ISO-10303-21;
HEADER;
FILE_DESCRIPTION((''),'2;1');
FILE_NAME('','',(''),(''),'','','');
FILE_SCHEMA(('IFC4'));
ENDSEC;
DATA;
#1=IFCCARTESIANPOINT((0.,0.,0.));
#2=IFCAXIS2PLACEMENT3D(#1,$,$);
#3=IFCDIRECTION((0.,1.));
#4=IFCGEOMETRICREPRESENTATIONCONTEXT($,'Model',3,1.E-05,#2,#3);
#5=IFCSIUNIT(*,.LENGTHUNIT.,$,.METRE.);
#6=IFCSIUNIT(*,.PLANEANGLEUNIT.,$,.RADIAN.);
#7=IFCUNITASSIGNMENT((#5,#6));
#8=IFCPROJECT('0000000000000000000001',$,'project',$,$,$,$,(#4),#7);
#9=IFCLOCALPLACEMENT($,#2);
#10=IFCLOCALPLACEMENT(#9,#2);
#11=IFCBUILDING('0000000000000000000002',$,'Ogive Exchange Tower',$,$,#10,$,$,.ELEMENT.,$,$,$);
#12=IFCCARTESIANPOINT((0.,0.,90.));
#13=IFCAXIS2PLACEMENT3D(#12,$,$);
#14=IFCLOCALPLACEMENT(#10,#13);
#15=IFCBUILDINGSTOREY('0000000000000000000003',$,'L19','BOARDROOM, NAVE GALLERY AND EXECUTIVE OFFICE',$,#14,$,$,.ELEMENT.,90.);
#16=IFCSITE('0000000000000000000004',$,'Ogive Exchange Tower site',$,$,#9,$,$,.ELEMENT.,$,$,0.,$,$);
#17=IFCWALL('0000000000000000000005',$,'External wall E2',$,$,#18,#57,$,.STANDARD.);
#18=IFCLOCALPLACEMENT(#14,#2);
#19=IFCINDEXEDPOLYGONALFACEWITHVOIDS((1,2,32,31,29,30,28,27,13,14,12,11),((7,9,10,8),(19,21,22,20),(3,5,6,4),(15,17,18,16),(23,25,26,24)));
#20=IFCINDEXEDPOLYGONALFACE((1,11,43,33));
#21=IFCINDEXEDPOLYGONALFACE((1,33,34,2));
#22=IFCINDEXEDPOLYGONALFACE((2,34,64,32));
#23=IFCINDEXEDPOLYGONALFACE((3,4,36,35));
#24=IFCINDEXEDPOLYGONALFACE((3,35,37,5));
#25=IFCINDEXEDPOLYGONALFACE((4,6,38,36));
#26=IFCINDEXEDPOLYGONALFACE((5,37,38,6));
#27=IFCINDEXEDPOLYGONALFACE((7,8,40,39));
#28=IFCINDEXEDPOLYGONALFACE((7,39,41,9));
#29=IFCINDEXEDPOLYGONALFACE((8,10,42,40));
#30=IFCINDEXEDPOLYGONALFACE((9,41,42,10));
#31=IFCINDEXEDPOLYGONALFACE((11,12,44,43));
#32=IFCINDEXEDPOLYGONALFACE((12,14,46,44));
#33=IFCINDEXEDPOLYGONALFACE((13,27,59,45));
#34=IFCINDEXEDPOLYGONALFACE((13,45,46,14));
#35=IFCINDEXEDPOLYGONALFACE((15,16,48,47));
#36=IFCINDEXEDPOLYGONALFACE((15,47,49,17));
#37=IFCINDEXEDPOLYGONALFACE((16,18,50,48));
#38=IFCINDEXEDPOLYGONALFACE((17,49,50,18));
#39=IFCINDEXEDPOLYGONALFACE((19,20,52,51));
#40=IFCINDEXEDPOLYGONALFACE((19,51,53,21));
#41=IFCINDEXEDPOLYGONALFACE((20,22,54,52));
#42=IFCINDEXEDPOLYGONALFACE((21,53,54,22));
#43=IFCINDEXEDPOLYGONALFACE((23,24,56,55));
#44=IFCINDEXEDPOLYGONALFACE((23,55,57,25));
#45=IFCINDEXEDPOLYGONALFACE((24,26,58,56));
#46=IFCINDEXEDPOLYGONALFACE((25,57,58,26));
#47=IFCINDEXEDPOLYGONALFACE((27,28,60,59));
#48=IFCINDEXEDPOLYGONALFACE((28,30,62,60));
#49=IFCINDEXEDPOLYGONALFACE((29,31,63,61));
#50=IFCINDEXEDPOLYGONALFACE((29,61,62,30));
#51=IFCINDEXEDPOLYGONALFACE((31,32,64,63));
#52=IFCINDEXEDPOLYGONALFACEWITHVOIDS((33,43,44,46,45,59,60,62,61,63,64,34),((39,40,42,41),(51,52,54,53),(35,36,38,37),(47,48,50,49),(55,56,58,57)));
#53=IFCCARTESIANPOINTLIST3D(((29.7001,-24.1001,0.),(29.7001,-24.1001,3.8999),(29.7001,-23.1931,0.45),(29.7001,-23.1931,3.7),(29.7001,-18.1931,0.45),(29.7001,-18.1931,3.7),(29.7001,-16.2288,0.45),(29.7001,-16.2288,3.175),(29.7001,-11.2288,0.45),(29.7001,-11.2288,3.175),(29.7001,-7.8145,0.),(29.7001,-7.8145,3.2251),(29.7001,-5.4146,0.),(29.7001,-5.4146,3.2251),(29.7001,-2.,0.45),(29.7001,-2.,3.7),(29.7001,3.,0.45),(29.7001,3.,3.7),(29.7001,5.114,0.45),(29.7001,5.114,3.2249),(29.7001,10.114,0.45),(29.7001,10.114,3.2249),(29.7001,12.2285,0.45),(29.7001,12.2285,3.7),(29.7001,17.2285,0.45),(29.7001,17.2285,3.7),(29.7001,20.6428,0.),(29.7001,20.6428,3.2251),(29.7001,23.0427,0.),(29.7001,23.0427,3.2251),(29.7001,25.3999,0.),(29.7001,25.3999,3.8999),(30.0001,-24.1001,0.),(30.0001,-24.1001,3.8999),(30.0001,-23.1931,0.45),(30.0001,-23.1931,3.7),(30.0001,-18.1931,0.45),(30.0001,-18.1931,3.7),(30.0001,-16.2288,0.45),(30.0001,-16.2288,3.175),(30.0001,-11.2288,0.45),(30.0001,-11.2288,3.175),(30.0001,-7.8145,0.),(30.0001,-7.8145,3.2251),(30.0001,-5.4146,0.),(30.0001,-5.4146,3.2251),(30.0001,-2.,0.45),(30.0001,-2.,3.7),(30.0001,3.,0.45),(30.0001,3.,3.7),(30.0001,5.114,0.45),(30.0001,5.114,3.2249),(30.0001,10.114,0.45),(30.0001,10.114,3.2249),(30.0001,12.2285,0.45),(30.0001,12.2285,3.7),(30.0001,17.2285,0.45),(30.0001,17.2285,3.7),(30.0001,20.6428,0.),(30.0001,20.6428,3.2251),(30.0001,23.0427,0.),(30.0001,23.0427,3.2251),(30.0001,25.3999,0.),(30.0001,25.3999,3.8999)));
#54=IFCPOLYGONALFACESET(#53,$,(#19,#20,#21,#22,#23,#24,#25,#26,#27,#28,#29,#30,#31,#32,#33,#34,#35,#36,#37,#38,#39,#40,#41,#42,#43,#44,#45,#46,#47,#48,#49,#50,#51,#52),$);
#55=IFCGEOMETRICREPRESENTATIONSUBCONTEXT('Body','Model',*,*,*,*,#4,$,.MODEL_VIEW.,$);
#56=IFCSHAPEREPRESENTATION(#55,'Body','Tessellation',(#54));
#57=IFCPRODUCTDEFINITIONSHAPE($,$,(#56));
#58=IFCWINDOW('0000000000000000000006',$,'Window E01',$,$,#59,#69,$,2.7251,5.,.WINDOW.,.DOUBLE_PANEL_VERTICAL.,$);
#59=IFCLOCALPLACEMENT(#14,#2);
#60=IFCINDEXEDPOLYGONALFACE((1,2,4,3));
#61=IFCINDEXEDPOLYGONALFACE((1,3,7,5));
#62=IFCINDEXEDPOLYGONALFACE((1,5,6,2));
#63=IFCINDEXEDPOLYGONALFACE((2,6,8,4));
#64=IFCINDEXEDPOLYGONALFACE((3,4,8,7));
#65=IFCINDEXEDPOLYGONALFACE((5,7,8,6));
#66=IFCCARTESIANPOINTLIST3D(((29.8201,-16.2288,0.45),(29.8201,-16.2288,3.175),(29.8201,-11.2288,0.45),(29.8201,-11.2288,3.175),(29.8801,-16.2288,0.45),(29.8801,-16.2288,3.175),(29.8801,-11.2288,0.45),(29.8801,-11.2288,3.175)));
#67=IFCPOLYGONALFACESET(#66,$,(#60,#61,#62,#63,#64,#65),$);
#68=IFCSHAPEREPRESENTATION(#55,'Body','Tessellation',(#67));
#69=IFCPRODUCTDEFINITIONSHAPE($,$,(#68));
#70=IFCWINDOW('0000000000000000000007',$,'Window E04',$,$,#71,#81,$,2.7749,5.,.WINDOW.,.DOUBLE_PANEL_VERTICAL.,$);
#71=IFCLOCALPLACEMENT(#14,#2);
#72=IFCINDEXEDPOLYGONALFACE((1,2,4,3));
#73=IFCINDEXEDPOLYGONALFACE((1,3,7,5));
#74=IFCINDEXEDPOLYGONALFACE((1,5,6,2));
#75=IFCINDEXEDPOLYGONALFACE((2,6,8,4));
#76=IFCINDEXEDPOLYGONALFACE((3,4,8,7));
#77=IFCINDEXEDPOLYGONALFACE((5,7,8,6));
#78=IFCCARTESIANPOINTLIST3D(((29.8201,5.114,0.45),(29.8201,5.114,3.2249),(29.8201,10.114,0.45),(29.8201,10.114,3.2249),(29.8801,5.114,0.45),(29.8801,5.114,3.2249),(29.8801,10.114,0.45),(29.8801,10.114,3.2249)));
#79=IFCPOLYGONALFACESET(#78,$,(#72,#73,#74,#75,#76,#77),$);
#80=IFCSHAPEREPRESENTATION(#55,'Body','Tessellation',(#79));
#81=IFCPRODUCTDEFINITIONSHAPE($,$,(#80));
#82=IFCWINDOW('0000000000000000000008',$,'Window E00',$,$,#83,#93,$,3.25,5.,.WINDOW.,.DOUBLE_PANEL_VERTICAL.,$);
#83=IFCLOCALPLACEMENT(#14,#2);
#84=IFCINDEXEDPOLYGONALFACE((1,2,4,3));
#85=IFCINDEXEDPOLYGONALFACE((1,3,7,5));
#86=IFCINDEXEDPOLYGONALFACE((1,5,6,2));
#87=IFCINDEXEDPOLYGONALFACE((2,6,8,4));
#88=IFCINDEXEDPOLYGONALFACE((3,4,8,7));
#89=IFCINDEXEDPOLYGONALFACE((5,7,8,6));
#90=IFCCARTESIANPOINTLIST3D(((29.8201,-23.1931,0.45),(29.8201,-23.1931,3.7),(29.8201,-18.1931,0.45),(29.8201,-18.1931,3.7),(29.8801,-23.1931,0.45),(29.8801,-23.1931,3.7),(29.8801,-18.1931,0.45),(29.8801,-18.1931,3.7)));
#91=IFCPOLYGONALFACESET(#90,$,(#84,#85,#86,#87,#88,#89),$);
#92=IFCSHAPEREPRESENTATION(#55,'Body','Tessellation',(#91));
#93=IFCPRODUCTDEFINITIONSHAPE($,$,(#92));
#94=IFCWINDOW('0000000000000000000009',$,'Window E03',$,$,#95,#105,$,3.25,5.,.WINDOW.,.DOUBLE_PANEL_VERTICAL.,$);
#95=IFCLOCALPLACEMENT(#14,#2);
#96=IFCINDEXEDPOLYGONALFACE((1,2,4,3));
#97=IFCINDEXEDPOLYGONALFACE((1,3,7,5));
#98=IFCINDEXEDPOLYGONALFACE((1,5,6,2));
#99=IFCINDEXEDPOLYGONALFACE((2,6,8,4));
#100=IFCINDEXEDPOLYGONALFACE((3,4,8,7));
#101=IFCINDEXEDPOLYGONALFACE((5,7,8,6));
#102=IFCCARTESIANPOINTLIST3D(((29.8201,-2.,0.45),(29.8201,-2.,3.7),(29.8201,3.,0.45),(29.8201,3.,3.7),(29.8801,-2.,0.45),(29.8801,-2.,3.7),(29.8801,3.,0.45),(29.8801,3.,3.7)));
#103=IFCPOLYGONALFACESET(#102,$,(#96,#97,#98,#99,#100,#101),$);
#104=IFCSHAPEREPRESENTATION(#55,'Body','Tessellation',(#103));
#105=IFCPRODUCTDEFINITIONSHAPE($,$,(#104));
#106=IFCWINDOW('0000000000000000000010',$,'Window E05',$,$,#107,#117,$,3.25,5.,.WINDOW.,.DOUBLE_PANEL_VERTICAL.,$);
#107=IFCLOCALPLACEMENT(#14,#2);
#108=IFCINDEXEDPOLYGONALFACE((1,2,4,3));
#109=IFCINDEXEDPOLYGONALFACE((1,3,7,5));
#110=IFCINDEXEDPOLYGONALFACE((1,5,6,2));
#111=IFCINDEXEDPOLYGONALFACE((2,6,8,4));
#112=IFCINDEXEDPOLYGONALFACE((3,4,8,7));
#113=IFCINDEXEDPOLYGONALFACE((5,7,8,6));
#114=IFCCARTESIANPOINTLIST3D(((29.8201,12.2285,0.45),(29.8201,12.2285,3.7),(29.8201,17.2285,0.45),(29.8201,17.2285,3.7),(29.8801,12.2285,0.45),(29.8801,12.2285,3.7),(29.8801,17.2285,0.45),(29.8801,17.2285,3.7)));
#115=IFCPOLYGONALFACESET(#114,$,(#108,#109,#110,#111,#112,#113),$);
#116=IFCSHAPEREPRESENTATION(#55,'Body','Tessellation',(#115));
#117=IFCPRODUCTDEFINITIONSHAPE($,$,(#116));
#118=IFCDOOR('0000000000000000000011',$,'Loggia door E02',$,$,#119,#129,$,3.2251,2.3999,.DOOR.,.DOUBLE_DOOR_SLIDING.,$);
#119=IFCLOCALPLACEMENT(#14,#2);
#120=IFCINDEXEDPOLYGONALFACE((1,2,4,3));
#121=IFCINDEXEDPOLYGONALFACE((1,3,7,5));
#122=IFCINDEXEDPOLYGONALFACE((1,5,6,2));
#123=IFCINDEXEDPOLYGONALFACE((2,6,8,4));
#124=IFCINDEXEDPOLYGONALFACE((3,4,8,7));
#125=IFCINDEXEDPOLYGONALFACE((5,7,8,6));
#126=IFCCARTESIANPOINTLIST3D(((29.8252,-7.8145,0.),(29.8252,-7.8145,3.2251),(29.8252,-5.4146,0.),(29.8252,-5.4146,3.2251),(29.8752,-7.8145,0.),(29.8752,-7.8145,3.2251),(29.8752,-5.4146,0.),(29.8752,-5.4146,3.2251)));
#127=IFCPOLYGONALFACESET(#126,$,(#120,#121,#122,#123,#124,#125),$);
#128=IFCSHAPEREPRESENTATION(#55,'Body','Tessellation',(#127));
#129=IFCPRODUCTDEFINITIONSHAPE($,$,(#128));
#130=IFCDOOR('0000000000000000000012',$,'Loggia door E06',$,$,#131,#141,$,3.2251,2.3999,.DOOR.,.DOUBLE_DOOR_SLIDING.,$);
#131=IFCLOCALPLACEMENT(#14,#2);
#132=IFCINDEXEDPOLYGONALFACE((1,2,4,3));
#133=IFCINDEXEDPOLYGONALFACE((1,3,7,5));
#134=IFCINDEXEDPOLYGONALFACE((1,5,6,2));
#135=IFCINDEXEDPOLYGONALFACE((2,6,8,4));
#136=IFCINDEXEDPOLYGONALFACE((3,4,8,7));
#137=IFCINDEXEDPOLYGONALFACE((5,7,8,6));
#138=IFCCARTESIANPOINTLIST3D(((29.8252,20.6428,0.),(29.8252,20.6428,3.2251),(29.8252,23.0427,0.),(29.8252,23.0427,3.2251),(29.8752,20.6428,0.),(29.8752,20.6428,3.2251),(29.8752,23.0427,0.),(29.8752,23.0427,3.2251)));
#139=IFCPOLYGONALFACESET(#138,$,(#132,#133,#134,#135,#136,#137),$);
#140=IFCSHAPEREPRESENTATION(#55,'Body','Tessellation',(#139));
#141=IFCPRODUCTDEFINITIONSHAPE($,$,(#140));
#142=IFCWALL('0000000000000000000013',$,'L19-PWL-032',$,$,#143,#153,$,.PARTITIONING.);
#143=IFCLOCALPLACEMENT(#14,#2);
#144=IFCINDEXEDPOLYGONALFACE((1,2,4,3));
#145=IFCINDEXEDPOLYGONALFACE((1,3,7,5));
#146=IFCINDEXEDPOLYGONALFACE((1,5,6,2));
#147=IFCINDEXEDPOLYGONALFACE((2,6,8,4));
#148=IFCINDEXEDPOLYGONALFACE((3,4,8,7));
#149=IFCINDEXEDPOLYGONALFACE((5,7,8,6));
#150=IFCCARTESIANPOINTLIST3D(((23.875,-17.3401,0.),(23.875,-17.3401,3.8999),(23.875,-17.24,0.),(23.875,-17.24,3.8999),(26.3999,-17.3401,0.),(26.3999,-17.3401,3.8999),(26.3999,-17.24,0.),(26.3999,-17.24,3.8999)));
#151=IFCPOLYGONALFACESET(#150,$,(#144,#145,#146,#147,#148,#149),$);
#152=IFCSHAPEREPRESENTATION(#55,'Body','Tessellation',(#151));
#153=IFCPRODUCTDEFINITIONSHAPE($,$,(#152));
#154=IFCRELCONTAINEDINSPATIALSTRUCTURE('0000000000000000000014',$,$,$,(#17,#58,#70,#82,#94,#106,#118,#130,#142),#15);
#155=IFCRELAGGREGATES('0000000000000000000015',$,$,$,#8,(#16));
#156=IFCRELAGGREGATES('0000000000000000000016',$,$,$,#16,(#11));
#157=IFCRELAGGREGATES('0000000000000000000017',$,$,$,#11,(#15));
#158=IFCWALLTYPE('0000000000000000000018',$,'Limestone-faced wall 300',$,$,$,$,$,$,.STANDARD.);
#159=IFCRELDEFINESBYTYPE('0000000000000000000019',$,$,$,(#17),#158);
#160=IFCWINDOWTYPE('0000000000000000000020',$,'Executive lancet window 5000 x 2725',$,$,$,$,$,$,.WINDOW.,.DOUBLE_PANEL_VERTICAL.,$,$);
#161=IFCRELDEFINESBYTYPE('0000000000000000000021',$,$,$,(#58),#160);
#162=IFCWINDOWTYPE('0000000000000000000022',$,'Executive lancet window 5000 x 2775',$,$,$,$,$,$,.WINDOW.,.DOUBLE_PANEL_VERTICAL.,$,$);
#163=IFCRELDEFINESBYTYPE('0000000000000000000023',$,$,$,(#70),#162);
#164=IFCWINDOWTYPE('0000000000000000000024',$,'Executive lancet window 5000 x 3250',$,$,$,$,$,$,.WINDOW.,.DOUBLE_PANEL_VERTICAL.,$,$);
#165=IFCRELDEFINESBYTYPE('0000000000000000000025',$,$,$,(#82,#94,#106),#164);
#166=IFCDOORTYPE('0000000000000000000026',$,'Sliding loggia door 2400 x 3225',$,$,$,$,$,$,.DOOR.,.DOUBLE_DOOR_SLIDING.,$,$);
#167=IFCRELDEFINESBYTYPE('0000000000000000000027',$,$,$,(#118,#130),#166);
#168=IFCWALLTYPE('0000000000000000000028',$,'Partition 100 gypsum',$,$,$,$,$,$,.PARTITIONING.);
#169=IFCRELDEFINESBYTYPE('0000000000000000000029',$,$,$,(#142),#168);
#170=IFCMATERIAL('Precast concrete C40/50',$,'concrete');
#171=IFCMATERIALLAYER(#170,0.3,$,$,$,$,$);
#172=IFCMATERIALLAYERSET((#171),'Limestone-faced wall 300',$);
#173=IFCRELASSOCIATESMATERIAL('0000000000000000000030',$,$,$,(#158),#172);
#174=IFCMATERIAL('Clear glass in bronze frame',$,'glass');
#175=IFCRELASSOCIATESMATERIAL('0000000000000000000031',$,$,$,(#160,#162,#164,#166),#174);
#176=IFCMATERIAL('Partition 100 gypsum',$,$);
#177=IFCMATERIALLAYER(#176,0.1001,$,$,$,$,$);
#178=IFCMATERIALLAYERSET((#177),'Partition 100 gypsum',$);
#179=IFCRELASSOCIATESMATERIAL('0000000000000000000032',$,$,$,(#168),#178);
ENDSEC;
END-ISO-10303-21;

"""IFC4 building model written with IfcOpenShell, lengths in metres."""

from ifc_helpers import new_model, si_unit, direction, frame, frame_2d, origin, place, context, subcontext, project, spatial, rectangle, extrude, material, layer, layer_set, type_object, element, fill, save


model = new_model("IFC4")

# Units and contexts
model_context = context("Model", 3, precision=1e-05, world=origin(), true_north=direction((0.0, 1.0)))
body_context = subcontext(model_context, "Body", "Model", "MODEL_VIEW")
ifc_project = project(units=[si_unit("LENGTHUNIT", "METRE"), si_unit("PLANEANGLEUNIT", "RADIAN")], contexts=[model_context])

# Site, building, storey
site_placement = place(None, origin())
site = spatial("IfcSite", under=ifc_project, at=site_placement, Name="Ogive Exchange Tower site", CompositionType="ELEMENT", RefElevation=0.0)
building_placement = place(site_placement, origin())
building = spatial("IfcBuilding", under=site, at=building_placement, Name="Ogive Exchange Tower", CompositionType="ELEMENT")
storey_placement = place(building_placement, frame((0.0, 0.0, 90.0)))
storey = spatial("IfcBuildingStorey", under=building, at=storey_placement, Name="L19", Description="BOARDROOM, NAVE GALLERY AND EXECUTIVE OFFICE", CompositionType="ELEMENT", Elevation=90.0)

# Wall, openings, windows, doors
ifc_material_1 = material(Name="Precast concrete C40/50", Category="concrete")
ifc_layer_1 = layer(ifc_material_1, 0.3)
ifc_layer_set_1 = layer_set([ifc_layer_1], Name="Limestone-faced wall 300")
wall_type_1 = type_object("IfcWallType", Name="Limestone-faced wall 300", PredefinedType="STANDARD", material=ifc_layer_set_1)
wall_1_placement = place(storey_placement, frame((29.8501, -24.1001, 0.0), z_axis=(0.0, 0.0, 1.0), x_axis=(0.0, 1.0, 0.0)))
wall_1 = element("IfcWall", 1, at=wall_1_placement, inside=storey, type_object=wall_type_1, Name="External wall E2", PredefinedType="STANDARD", context=body_context, shape_type="SweptSolid", body=[
    extrude(rectangle(XDim=49.5, YDim=0.3, at=frame_2d((24.75, 0.0))), origin(), (0.0, 0.0, 1.0), 3.8999),
])
opening_1_placement = place(wall_1_placement, frame((0.907, 0.0, 0.45)))
opening_1 = element("IfcOpeningElement", 2, at=opening_1_placement, cuts=wall_1, PredefinedType="OPENING", context=body_context, shape_type="SweptSolid", body=[
    extrude(rectangle(XDim=5.0, YDim=3.25, at=frame_2d((2.5, 1.625))), frame((0.0, 0.1599, 0.0), z_axis=(0.0, -1.0, 0.0), x_axis=(1.0, 0.0, 0.0)), (0.0, 0.0, 1.0), 0.3201),
])
opening_2_placement = place(wall_1_placement, frame((7.8713, 0.0, 0.45)))
opening_2 = element("IfcOpeningElement", 3, at=opening_2_placement, cuts=wall_1, PredefinedType="OPENING", context=body_context, shape_type="SweptSolid", body=[
    extrude(rectangle(XDim=5.0, YDim=2.7251, at=frame_2d((2.5, 1.3625))), frame((0.0, 0.1599, 0.0), z_axis=(0.0, -1.0, 0.0), x_axis=(1.0, 0.0, 0.0)), (0.0, 0.0, 1.0), 0.3201),
])
opening_3_placement = place(wall_1_placement, frame((16.2856, 0.0, 0.0)))
opening_3 = element("IfcOpeningElement", 4, at=opening_3_placement, cuts=wall_1, PredefinedType="OPENING", context=body_context, shape_type="SweptSolid", body=[
    extrude(rectangle(XDim=2.3999, YDim=3.2251, at=frame_2d((1.2, 1.6125))), frame((0.0, 0.1599, 0.0), z_axis=(0.0, -1.0, 0.0), x_axis=(1.0, 0.0, 0.0)), (0.0, 0.0, 1.0), 0.3201),
])
opening_4_placement = place(wall_1_placement, frame((22.1001, 0.0, 0.45)))
opening_4 = element("IfcOpeningElement", 5, at=opening_4_placement, cuts=wall_1, PredefinedType="OPENING", context=body_context, shape_type="SweptSolid", body=[
    extrude(rectangle(XDim=5.0, YDim=3.25, at=frame_2d((2.5, 1.625))), frame((0.0, 0.1599, 0.0), z_axis=(0.0, -1.0, 0.0), x_axis=(1.0, 0.0, 0.0)), (0.0, 0.0, 1.0), 0.3201),
])
opening_5_placement = place(wall_1_placement, frame((29.2141, 0.0, 0.45)))
opening_5 = element("IfcOpeningElement", 6, at=opening_5_placement, cuts=wall_1, PredefinedType="OPENING", context=body_context, shape_type="SweptSolid", body=[
    extrude(rectangle(XDim=5.0, YDim=2.7749, at=frame_2d((2.5, 1.3875))), frame((0.0, 0.1599, 0.0), z_axis=(0.0, -1.0, 0.0), x_axis=(1.0, 0.0, 0.0)), (0.0, 0.0, 1.0), 0.3201),
])
opening_6_placement = place(wall_1_placement, frame((36.3286, 0.0, 0.45)))
opening_6 = element("IfcOpeningElement", 7, at=opening_6_placement, cuts=wall_1, PredefinedType="OPENING", context=body_context, shape_type="SweptSolid", body=[
    extrude(rectangle(XDim=5.0, YDim=3.25, at=frame_2d((2.5, 1.625))), frame((0.0, 0.1599, 0.0), z_axis=(0.0, -1.0, 0.0), x_axis=(1.0, 0.0, 0.0)), (0.0, 0.0, 1.0), 0.3201),
])
opening_7_placement = place(wall_1_placement, frame((44.7429, 0.0, 0.0)))
opening_7 = element("IfcOpeningElement", 8, at=opening_7_placement, cuts=wall_1, PredefinedType="OPENING", context=body_context, shape_type="SweptSolid", body=[
    extrude(rectangle(XDim=2.3999, YDim=3.2251, at=frame_2d((1.2, 1.6125))), frame((0.0, 0.1599, 0.0), z_axis=(0.0, -1.0, 0.0), x_axis=(1.0, 0.0, 0.0)), (0.0, 0.0, 1.0), 0.3201),
])
ifc_material_2 = material(Name="Clear glass in bronze frame", Category="glass")
window_type_1 = type_object("IfcWindowType", Name="Executive lancet window 5000 x 2725", PartitioningType="DOUBLE_PANEL_VERTICAL", PredefinedType="WINDOW", material=ifc_material_2)
window_1_placement = place(opening_2_placement, origin())
window_1 = element("IfcWindow", 9, at=window_1_placement, inside=storey, type_object=window_type_1, Name="Window E01", OverallHeight=2.7251, OverallWidth=5.0, PartitioningType="DOUBLE_PANEL_VERTICAL", PredefinedType="WINDOW", context=body_context, shape_type="SweptSolid", body=[
    extrude(rectangle(XDim=5.0, YDim=2.7251, at=frame_2d((2.5, 1.3625))), frame((0.0, 0.03, 0.0), z_axis=(0.0, -1.0, 0.0), x_axis=(1.0, 0.0, 0.0)), (0.0, 0.0, 1.0), 0.0601),
])
fill(opening_2, window_1)
window_type_2 = type_object("IfcWindowType", Name="Executive lancet window 5000 x 2775", PartitioningType="DOUBLE_PANEL_VERTICAL", PredefinedType="WINDOW", material=ifc_material_2)
window_2_placement = place(opening_5_placement, origin())
window_2 = element("IfcWindow", 10, at=window_2_placement, inside=storey, type_object=window_type_2, Name="Window E04", OverallHeight=2.7749, OverallWidth=5.0, PartitioningType="DOUBLE_PANEL_VERTICAL", PredefinedType="WINDOW", context=body_context, shape_type="SweptSolid", body=[
    extrude(rectangle(XDim=5.0, YDim=2.7749, at=frame_2d((2.5, 1.3875))), frame((0.0, 0.03, 0.0), z_axis=(0.0, -1.0, 0.0), x_axis=(1.0, 0.0, 0.0)), (0.0, 0.0, 1.0), 0.0601),
])
fill(opening_5, window_2)
window_type_3 = type_object("IfcWindowType", Name="Executive lancet window 5000 x 3250", PartitioningType="DOUBLE_PANEL_VERTICAL", PredefinedType="WINDOW", material=ifc_material_2)
window_3_placement = place(opening_1_placement, origin())
window_3 = element("IfcWindow", 11, at=window_3_placement, inside=storey, type_object=window_type_3, Name="Window E00", OverallHeight=3.25, OverallWidth=5.0, PartitioningType="DOUBLE_PANEL_VERTICAL", PredefinedType="WINDOW", context=body_context, shape_type="SweptSolid", body=[
    extrude(rectangle(XDim=5.0, YDim=3.25, at=frame_2d((2.5, 1.625))), frame((0.0, 0.03, 0.0), z_axis=(0.0, -1.0, 0.0), x_axis=(1.0, 0.0, 0.0)), (0.0, 0.0, 1.0), 0.0601),
])
fill(opening_1, window_3)
window_4_placement = place(opening_4_placement, origin())
window_4 = element("IfcWindow", 12, at=window_4_placement, inside=storey, type_object=window_type_3, Name="Window E03", OverallHeight=3.25, OverallWidth=5.0, PartitioningType="DOUBLE_PANEL_VERTICAL", PredefinedType="WINDOW", context=body_context, shape_type="SweptSolid", body=[
    extrude(rectangle(XDim=5.0, YDim=3.25, at=frame_2d((2.5, 1.625))), frame((0.0, 0.03, 0.0), z_axis=(0.0, -1.0, 0.0), x_axis=(1.0, 0.0, 0.0)), (0.0, 0.0, 1.0), 0.0601),
])
fill(opening_4, window_4)
window_5_placement = place(opening_6_placement, origin())
window_5 = element("IfcWindow", 13, at=window_5_placement, inside=storey, type_object=window_type_3, Name="Window E05", OverallHeight=3.25, OverallWidth=5.0, PartitioningType="DOUBLE_PANEL_VERTICAL", PredefinedType="WINDOW", context=body_context, shape_type="SweptSolid", body=[
    extrude(rectangle(XDim=5.0, YDim=3.25, at=frame_2d((2.5, 1.625))), frame((0.0, 0.03, 0.0), z_axis=(0.0, -1.0, 0.0), x_axis=(1.0, 0.0, 0.0)), (0.0, 0.0, 1.0), 0.0601),
])
fill(opening_6, window_5)
door_type_1 = type_object("IfcDoorType", Name="Sliding loggia door 2400 x 3225", OperationType="DOUBLE_DOOR_SLIDING", PredefinedType="DOOR", material=ifc_material_2)
door_1_placement = place(opening_3_placement, origin())
door_1 = element("IfcDoor", 14, at=door_1_placement, inside=storey, type_object=door_type_1, Name="Loggia door E02", OperationType="DOUBLE_DOOR_SLIDING", OverallHeight=3.2251, OverallWidth=2.3999, PredefinedType="DOOR", context=body_context, shape_type="SweptSolid", body=[
    extrude(rectangle(XDim=2.3999, YDim=3.2251, at=frame_2d((1.2, 1.6125))), frame((0.0, 0.0249, 0.0), z_axis=(0.0, -1.0, 0.0), x_axis=(1.0, 0.0, 0.0)), (0.0, 0.0, 1.0), 0.05),
])
fill(opening_3, door_1)
door_2_placement = place(opening_7_placement, origin())
door_2 = element("IfcDoor", 15, at=door_2_placement, inside=storey, type_object=door_type_1, Name="Loggia door E06", OperationType="DOUBLE_DOOR_SLIDING", OverallHeight=3.2251, OverallWidth=2.3999, PredefinedType="DOOR", context=body_context, shape_type="SweptSolid", body=[
    extrude(rectangle(XDim=2.3999, YDim=3.2251, at=frame_2d((1.2, 1.6125))), frame((0.0, 0.0249, 0.0), z_axis=(0.0, -1.0, 0.0), x_axis=(1.0, 0.0, 0.0)), (0.0, 0.0, 1.0), 0.05),
])
fill(opening_7, door_2)

# Wall
ifc_material_3 = material(Name="Partition 100 gypsum")
ifc_layer_2 = layer(ifc_material_3, 0.1001)
ifc_layer_set_2 = layer_set([ifc_layer_2], Name="Partition 100 gypsum")
wall_type_2 = type_object("IfcWallType", Name="Partition 100 gypsum", PredefinedType="PARTITIONING", material=ifc_layer_set_2)
wall_2_placement = place(storey_placement, frame((23.875, -17.29, 0.0), z_axis=(0.0, 0.0, 1.0), x_axis=(1.0, 0.0, 0.0)))
element("IfcWall", 16, at=wall_2_placement, inside=storey, type_object=wall_type_2, Name="L19-PWL-032", PredefinedType="PARTITIONING", context=body_context, shape_type="SweptSolid", body=[
    extrude(rectangle(XDim=2.5249, YDim=0.1001, at=frame_2d((1.2625, 0.0))), origin(), (0.0, 0.0, 1.0), 3.8999),
])

save(model, "model.ifc")
